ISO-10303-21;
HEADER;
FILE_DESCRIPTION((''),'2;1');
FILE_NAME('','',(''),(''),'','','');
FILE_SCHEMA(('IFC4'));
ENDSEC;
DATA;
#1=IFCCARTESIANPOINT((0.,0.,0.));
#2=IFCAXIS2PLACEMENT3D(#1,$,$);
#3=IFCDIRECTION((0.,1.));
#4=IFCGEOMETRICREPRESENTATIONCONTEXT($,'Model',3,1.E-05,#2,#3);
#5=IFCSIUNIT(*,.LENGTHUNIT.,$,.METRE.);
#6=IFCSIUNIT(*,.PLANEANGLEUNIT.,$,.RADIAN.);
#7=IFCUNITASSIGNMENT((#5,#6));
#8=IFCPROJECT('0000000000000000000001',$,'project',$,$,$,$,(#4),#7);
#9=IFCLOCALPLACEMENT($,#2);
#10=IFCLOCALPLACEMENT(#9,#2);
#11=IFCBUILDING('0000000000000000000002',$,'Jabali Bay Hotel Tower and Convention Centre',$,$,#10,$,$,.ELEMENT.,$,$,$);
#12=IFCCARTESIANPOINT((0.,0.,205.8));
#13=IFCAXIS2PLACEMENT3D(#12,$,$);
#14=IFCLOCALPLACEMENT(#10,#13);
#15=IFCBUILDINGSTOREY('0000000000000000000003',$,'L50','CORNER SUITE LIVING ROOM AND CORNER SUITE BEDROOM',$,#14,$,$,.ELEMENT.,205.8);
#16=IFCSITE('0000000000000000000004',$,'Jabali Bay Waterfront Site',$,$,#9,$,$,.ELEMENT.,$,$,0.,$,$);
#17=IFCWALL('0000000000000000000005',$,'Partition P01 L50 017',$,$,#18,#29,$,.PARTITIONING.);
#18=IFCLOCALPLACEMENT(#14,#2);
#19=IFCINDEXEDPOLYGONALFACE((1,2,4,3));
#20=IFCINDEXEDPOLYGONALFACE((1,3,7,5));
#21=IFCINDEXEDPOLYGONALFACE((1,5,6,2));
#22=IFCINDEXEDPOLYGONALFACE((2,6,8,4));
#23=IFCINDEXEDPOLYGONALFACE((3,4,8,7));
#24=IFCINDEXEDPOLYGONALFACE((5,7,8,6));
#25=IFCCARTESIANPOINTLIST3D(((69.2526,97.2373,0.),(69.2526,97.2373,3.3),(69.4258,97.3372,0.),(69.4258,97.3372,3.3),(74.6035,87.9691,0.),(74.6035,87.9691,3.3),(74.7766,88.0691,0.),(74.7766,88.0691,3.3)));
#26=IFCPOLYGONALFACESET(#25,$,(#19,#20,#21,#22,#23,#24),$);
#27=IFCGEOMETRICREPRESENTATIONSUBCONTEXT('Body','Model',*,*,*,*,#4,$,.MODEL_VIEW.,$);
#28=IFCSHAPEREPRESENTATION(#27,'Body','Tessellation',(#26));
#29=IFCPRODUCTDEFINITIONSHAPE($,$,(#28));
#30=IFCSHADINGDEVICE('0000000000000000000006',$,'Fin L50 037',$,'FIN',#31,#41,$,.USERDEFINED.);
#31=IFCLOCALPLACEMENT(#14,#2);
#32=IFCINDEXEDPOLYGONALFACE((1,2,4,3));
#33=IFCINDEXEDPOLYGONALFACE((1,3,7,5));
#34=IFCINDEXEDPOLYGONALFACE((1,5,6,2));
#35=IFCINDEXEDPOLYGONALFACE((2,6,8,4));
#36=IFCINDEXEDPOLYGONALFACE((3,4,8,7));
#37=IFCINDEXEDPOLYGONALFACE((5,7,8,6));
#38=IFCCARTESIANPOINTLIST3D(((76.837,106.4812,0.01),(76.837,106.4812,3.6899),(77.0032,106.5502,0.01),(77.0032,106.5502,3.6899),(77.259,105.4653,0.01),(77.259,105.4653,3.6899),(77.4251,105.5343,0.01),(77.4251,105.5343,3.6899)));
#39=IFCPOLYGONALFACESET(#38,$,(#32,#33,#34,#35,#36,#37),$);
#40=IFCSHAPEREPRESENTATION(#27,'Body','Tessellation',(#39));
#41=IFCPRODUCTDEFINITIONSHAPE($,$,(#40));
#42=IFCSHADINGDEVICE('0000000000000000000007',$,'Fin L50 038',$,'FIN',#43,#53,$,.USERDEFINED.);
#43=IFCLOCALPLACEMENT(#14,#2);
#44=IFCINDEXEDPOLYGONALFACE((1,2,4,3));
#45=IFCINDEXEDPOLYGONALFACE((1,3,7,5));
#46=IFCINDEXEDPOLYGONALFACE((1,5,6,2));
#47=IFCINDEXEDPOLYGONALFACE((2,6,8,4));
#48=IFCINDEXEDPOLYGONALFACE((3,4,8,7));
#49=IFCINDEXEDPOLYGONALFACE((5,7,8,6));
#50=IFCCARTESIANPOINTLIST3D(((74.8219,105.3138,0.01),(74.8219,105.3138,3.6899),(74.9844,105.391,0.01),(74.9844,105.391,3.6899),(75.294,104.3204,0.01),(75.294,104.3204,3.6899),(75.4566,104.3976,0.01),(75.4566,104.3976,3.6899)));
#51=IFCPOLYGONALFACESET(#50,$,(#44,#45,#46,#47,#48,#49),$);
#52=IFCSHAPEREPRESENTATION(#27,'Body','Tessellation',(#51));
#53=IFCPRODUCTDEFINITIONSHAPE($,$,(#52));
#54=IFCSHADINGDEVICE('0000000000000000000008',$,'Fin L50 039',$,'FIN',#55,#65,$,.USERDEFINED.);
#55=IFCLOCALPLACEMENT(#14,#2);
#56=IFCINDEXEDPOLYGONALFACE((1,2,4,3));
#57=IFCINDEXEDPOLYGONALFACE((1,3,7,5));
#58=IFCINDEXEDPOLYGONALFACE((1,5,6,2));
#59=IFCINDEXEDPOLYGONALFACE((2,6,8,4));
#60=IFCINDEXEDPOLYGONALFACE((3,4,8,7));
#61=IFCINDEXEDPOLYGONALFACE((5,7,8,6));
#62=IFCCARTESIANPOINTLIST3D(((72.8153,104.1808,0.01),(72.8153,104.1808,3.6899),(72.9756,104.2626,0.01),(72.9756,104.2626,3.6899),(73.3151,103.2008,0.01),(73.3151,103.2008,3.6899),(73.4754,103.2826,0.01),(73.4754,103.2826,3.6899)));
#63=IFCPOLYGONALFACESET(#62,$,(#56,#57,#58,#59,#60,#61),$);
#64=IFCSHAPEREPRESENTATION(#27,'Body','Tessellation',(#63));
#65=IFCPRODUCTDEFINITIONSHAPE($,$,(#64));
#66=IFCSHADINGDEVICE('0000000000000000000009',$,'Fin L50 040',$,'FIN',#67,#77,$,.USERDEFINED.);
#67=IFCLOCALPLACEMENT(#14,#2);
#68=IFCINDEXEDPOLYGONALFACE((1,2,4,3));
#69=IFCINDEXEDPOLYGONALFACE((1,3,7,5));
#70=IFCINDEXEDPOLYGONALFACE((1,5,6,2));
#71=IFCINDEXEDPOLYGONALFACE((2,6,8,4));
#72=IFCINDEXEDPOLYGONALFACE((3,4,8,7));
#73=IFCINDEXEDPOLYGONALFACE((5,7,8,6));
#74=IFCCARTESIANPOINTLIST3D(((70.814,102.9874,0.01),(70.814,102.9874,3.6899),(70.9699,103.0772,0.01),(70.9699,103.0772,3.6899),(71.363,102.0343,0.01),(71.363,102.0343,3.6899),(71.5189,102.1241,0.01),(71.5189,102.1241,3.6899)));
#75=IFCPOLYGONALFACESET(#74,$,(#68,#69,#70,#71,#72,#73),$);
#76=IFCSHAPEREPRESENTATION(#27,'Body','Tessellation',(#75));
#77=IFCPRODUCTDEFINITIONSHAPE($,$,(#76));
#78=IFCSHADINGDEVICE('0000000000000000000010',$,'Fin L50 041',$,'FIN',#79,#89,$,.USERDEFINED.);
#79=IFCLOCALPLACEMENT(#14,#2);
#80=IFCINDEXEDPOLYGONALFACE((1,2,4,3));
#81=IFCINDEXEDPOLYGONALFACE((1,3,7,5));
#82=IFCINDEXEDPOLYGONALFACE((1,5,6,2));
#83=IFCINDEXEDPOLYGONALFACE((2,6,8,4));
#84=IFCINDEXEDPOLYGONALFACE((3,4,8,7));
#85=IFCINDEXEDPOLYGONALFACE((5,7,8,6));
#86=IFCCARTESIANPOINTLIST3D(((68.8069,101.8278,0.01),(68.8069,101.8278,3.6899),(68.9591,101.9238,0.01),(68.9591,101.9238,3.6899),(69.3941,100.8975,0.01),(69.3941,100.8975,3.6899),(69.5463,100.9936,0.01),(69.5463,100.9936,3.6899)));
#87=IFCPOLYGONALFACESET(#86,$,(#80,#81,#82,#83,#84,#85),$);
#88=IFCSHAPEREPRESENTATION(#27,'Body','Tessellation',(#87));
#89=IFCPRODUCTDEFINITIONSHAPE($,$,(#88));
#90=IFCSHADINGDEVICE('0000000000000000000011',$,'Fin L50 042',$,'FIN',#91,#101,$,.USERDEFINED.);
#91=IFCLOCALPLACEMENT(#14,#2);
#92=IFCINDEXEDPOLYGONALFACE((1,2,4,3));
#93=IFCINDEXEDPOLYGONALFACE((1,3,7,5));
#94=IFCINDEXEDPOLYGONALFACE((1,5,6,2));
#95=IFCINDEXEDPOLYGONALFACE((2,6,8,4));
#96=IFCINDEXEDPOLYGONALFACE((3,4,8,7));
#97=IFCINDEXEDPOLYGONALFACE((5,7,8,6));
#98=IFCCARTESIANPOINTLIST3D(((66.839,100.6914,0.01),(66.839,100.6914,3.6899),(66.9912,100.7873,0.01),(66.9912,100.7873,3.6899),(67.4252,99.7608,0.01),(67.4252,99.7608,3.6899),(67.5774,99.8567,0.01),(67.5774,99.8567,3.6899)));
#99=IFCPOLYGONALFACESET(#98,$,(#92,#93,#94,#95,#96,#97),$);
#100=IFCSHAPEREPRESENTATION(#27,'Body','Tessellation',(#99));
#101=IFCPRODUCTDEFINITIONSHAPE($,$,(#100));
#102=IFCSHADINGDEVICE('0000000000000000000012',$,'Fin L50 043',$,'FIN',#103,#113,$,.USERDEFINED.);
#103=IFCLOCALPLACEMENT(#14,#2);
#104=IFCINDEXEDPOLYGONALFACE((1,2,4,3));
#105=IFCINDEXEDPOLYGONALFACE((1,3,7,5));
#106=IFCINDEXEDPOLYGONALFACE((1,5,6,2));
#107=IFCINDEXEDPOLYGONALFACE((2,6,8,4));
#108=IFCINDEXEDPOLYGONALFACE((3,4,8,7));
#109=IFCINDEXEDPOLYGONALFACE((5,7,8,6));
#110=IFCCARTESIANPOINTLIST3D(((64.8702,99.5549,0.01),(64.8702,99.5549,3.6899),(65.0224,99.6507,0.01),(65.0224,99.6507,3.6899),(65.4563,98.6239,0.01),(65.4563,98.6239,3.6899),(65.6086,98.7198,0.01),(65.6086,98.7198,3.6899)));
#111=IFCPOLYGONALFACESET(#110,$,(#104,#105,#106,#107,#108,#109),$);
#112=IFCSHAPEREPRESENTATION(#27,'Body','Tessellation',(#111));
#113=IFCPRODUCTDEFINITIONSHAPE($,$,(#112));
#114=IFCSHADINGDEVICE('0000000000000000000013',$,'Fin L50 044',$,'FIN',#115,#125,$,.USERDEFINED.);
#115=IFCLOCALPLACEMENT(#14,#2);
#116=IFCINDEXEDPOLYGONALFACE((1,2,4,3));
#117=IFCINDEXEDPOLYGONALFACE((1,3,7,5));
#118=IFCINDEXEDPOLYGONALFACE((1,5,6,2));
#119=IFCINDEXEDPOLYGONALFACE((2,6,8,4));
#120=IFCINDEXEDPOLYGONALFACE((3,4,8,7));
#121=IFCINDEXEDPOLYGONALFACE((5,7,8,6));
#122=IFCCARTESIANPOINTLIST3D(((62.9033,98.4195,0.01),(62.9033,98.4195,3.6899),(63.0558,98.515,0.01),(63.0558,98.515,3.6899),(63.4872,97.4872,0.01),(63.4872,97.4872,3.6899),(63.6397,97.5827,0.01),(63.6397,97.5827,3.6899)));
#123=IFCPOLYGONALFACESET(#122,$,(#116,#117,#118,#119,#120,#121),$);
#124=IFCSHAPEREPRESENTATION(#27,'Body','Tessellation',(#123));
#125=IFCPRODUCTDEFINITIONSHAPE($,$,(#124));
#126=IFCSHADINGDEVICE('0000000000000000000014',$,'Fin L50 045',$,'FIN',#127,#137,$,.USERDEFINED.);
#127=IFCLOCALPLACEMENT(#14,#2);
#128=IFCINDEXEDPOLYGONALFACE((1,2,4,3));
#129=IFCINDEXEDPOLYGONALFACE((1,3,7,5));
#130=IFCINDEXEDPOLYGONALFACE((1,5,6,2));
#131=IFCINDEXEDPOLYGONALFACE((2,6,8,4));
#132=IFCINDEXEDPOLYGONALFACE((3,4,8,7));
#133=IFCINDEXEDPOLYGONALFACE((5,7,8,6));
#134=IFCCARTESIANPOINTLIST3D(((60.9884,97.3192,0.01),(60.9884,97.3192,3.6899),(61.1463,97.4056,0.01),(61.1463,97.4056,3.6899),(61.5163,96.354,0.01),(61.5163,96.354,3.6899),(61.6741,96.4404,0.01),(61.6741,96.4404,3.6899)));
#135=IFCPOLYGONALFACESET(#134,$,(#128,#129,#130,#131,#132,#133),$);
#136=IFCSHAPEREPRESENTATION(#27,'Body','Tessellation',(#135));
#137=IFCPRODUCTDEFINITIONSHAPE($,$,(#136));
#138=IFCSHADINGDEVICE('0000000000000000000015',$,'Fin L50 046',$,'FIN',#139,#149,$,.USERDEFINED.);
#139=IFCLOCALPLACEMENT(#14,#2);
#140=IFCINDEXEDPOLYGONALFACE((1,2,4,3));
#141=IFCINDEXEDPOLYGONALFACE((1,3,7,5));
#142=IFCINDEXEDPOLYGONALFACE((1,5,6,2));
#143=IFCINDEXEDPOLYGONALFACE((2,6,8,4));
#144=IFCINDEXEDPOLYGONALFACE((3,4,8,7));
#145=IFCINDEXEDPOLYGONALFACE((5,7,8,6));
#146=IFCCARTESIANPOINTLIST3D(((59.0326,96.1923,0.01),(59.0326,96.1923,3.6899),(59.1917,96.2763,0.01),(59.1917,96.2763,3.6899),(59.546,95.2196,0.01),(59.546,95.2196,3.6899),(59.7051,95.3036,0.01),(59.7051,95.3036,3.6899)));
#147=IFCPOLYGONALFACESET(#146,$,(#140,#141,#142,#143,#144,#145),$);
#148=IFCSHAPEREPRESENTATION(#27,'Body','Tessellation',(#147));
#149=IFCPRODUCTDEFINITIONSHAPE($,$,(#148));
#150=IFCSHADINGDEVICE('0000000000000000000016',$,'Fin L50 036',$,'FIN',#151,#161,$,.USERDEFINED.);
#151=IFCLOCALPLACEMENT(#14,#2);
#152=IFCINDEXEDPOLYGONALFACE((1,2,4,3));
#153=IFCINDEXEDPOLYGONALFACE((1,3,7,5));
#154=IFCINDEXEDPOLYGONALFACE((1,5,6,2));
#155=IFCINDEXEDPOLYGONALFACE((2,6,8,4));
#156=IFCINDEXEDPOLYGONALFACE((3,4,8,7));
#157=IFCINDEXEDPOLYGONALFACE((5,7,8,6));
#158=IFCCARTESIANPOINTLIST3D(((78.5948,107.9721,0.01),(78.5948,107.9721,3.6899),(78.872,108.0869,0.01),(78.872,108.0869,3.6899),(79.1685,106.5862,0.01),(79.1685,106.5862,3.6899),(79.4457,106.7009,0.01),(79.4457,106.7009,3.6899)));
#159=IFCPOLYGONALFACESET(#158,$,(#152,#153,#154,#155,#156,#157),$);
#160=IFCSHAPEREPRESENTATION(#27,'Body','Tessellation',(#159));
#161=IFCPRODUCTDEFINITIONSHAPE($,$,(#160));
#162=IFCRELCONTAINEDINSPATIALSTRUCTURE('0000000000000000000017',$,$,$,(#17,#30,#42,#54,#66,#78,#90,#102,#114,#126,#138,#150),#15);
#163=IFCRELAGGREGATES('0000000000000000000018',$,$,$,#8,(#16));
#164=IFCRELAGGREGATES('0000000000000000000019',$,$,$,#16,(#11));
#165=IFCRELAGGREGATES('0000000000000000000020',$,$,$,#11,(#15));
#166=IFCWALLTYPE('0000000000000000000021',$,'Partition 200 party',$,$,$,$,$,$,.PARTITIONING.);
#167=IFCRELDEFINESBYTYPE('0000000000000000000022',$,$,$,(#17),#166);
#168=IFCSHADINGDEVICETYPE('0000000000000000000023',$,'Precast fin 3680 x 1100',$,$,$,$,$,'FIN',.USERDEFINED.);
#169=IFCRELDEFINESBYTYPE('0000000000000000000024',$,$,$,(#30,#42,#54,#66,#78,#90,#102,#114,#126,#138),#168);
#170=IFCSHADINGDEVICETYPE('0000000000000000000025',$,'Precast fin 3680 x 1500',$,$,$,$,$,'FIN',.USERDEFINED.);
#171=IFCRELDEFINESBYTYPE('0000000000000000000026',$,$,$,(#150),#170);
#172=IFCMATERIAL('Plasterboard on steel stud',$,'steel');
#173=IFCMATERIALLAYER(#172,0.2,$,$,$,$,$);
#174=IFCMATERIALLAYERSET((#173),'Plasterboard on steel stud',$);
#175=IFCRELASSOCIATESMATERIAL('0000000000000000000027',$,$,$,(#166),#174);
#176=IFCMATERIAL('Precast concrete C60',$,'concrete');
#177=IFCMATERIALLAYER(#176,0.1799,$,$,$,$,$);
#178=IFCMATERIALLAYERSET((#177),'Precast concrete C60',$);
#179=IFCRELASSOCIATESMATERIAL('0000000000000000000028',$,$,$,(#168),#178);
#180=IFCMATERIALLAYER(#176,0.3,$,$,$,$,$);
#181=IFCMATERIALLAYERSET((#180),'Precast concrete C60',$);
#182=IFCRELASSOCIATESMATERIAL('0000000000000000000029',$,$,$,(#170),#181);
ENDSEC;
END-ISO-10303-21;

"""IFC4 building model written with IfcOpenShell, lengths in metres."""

from ifc_helpers import new_model, si_unit, direction, frame, frame_2d, origin, place, context, subcontext, project, spatial, rectangle, extrude, material, layer, layer_set, type_object, element, save


model = new_model("IFC4")

# Units and contexts
model_context = context("Model", 3, precision=1e-05, world=origin(), true_north=direction((0.0, 1.0)))
body_context = subcontext(model_context, "Body", "Model", "MODEL_VIEW")
ifc_project = project(units=[si_unit("LENGTHUNIT", "METRE"), si_unit("PLANEANGLEUNIT", "RADIAN")], contexts=[model_context])

# Site, building, storey
site_placement = place(None, origin())
site = spatial("IfcSite", under=ifc_project, at=site_placement, Name="Jabali Bay Waterfront Site", CompositionType="ELEMENT", RefElevation=0.0)
building_placement = place(site_placement, origin())
building = spatial("IfcBuilding", under=site, at=building_placement, Name="Jabali Bay Hotel Tower and Convention Centre", CompositionType="ELEMENT")
storey_placement = place(building_placement, frame((0.0, 0.0, 205.8)))
storey = spatial("IfcBuildingStorey", under=building, at=storey_placement, Name="L50", Description="CORNER SUITE LIVING ROOM AND CORNER SUITE BEDROOM", CompositionType="ELEMENT", Elevation=205.8)

# Shared definitions
ifc_material_1 = material(Name="Plasterboard on steel stud", Category="steel")

# Wall
ifc_layer_1 = layer(ifc_material_1, 0.2)
ifc_layer_set_1 = layer_set([ifc_layer_1], Name="Plasterboard on steel stud")
wall_type_1 = type_object("IfcWallType", Name="Partition 200 party", PredefinedType="PARTITIONING", material=ifc_layer_set_1)
wall_1_placement = place(storey_placement, frame((69.3391, 97.2874, 0.0), z_axis=(0.0, 0.0, 1.0), x_axis=(0.499994, -0.866029, 0.0)))
element("IfcWall", 1, at=wall_1_placement, inside=storey, type_object=wall_type_1, Name="Partition P01 L50 017", PredefinedType="PARTITIONING", context=body_context, shape_type="SweptSolid", body=[
    extrude(rectangle(XDim=10.7019, YDim=0.2, at=frame_2d((5.3511, 0.0))), origin(), (0.0, 0.0, 1.0), 3.3),
])

# Shading devices
ifc_material_2 = material(Name="Precast concrete C60", Category="concrete")
ifc_layer_2 = layer(ifc_material_2, 0.1799)
ifc_layer_set_2 = layer_set([ifc_layer_2], Name="Precast concrete C60")
shading_device_type_1 = type_object("IfcShadingDeviceType", Name="Precast fin 3680 x 1100", ElementType="FIN", PredefinedType="USERDEFINED", material=ifc_layer_set_2)
shading_device_1_placement = place(storey_placement, frame((77.342, 105.4998, 0.01), z_axis=(0.0, 0.0, 1.0), x_axis=(-0.383528, 0.923529, 0.0)))
element("IfcShadingDevice", 2, at=shading_device_1_placement, inside=storey, type_object=shading_device_type_1, Name="Fin L50 037", ObjectType="FIN", PredefinedType="USERDEFINED", context=body_context, shape_type="SweptSolid", body=[
    extrude(rectangle(XDim=1.1001, YDim=0.1799, at=frame_2d((0.55, 0.0))), origin(), (0.0, 0.0, 1.0), 3.6799),
])
shading_device_2_placement = place(storey_placement, frame((75.3752, 104.3591, 0.01), z_axis=(0.0, 0.0, 1.0), x_axis=(-0.429279, 0.903172, 0.0)))
element("IfcShadingDevice", 3, at=shading_device_2_placement, inside=storey, type_object=shading_device_type_1, Name="Fin L50 038", ObjectType="FIN", PredefinedType="USERDEFINED", context=body_context, shape_type="SweptSolid", body=[
    extrude(rectangle(XDim=1.0999, YDim=0.1799, at=frame_2d((0.5498, 0.0))), origin(), (0.0, 0.0, 1.0), 3.6799),
])
shading_device_3_placement = place(storey_placement, frame((73.3953, 103.2417, 0.01), z_axis=(0.0, 0.0, 1.0), x_axis=(-0.454301, 0.890848, 0.0)))
element("IfcShadingDevice", 4, at=shading_device_3_placement, inside=storey, type_object=shading_device_type_1, Name="Fin L50 039", ObjectType="FIN", PredefinedType="USERDEFINED", context=body_context, shape_type="SweptSolid", body=[
    extrude(rectangle(XDim=1.1001, YDim=0.1799, at=frame_2d((0.55, 0.0))), origin(), (0.0, 0.0, 1.0), 3.6799),
])
shading_device_4_placement = place(storey_placement, frame((71.4409, 102.0793, 0.01), z_axis=(0.0, 0.0, 1.0), x_axis=(-0.499172, 0.866503, 0.0)))
element("IfcShadingDevice", 5, at=shading_device_4_placement, inside=storey, type_object=shading_device_type_1, Name="Fin L50 040", ObjectType="FIN", PredefinedType="USERDEFINED", context=body_context, shape_type="SweptSolid", body=[
    extrude(rectangle(XDim=1.0999, YDim=0.1799, at=frame_2d((0.5498, 0.0))), origin(), (0.0, 0.0, 1.0), 3.6799),
])
shading_device_5_placement = place(storey_placement, frame((69.4702, 100.9456, 0.01), z_axis=(0.0, 0.0, 1.0), x_axis=(-0.533784, 0.845621, 0.0)))
element("IfcShadingDevice", 6, at=shading_device_5_placement, inside=storey, type_object=shading_device_type_1, Name="Fin L50 041", ObjectType="FIN", PredefinedType="USERDEFINED", context=body_context, shape_type="SweptSolid", body=[
    extrude(rectangle(XDim=1.1001, YDim=0.1799, at=frame_2d((0.55, 0.0))), origin(), (0.0, 0.0, 1.0), 3.6799),
])
shading_device_6_placement = place(storey_placement, frame((67.5012, 99.8088, 0.01), z_axis=(0.0, 0.0, 1.0), x_axis=(-0.532949, 0.846148, 0.0)))
element("IfcShadingDevice", 7, at=shading_device_6_placement, inside=storey, type_object=shading_device_type_1, Name="Fin L50 042", ObjectType="FIN", PredefinedType="USERDEFINED", context=body_context, shape_type="SweptSolid", body=[
    extrude(rectangle(XDim=1.0999, YDim=0.1799, at=frame_2d((0.5498, 0.0))), origin(), (0.0, 0.0, 1.0), 3.6799),
])
for number, where, z_axis, x_axis, name in (
    (8, (65.5325, 98.6719, 0.01), (0.0, 0.0, 1.0), (-0.532849, 0.846211, 0.0), "Fin L50 043"),
    (9, (63.5635, 97.5349, 0.01), (0.0, 0.0, 1.0), (-0.530817, 0.847487, 0.0), "Fin L50 044"),
    (10, (61.5952, 96.3972, 0.01), (0.0, 0.0, 1.0), (-0.479847, 0.877352, 0.0), "Fin L50 045"),
):
    element("IfcShadingDevice", number, at=place(storey_placement, frame(where, z_axis=z_axis, x_axis=x_axis)), inside=storey, type_object=shading_device_type_1, Name=name, ObjectType="FIN", PredefinedType="USERDEFINED", context=body_context, shape_type="SweptSolid", body=[
        extrude(rectangle(XDim=1.1001, YDim=0.1799, at=frame_2d((0.55, 0.0))), origin(), (0.0, 0.0, 1.0), 3.6799),
    ])
shading_device_7_placement = place(storey_placement, frame((59.6255, 95.2617, 0.01), z_axis=(0.0, 0.0, 1.0), x_axis=(-0.466816, 0.884354, 0.0)))
element("IfcShadingDevice", 11, at=shading_device_7_placement, inside=storey, type_object=shading_device_type_1, Name="Fin L50 046", ObjectType="FIN", PredefinedType="USERDEFINED", context=body_context, shape_type="SweptSolid", body=[
    extrude(rectangle(XDim=1.0999, YDim=0.1799, at=frame_2d((0.5498, 0.0))), origin(), (0.0, 0.0, 1.0), 3.6799),
])
ifc_layer_3 = layer(ifc_material_2, 0.3)
ifc_layer_set_3 = layer_set([ifc_layer_3], Name="Precast concrete C60")
shading_device_type_2 = type_object("IfcShadingDeviceType", Name="Precast fin 3680 x 1500", ElementType="FIN", PredefinedType="USERDEFINED", material=ifc_layer_set_3)
shading_device_8_placement = place(storey_placement, frame((79.3071, 106.6436, 0.01), z_axis=(0.0, 0.0, 1.0), x_axis=(-0.382476, 0.923965, 0.0)))
element("IfcShadingDevice", 12, at=shading_device_8_placement, inside=storey, type_object=shading_device_type_2, Name="Fin L50 036", ObjectType="FIN", PredefinedType="USERDEFINED", context=body_context, shape_type="SweptSolid", body=[
    extrude(rectangle(XDim=1.5, YDim=0.3, at=frame_2d((0.75, 0.0))), origin(), (0.0, 0.0, 1.0), 3.6799),
])

save(model, "model.ifc")
